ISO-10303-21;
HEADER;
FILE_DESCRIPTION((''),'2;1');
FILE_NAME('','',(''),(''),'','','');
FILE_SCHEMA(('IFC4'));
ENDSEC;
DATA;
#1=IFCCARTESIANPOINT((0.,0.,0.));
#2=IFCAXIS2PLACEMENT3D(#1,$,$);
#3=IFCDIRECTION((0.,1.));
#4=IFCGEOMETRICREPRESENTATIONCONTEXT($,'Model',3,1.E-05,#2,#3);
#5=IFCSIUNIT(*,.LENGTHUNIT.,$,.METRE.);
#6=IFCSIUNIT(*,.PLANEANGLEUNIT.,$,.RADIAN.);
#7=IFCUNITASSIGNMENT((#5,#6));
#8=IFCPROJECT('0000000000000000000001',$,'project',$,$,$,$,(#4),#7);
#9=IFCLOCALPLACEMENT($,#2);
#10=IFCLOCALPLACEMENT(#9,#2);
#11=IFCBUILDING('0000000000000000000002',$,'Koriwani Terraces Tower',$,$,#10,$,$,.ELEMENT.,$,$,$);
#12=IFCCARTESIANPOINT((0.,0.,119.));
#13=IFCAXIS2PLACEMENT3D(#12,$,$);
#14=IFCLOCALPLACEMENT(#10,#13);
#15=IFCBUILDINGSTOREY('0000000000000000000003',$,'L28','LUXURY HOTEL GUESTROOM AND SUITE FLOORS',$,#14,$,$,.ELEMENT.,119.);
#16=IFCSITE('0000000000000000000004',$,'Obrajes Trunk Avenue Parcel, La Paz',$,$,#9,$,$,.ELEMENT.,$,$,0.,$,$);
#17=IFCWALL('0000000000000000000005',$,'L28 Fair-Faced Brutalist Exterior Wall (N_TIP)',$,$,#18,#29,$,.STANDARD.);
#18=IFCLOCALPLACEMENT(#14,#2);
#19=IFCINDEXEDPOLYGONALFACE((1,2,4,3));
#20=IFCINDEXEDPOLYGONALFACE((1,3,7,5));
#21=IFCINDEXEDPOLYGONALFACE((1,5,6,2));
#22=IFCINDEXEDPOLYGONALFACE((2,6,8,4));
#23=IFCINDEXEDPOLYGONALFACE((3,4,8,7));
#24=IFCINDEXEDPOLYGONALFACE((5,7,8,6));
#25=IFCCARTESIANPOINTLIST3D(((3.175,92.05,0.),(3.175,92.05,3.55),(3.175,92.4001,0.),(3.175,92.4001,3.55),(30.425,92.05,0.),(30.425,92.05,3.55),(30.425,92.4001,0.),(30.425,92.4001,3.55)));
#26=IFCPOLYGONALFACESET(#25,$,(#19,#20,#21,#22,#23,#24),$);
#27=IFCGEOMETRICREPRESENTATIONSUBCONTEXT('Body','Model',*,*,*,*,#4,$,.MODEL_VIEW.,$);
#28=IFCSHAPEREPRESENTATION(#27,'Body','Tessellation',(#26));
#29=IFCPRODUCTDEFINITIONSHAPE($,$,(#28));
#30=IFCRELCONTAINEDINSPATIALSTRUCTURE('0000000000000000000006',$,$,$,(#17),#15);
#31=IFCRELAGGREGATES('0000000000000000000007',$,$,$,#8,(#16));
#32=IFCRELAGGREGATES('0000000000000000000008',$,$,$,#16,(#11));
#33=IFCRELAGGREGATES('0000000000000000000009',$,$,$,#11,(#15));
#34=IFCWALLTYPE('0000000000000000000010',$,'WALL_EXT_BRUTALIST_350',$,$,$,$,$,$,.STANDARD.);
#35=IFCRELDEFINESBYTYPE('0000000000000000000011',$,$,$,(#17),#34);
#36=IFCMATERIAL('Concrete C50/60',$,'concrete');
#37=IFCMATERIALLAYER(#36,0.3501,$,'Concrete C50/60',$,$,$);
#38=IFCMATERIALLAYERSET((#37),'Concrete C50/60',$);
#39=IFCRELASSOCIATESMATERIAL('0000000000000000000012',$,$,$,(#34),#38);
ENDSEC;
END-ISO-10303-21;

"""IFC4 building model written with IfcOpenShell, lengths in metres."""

from ifc_helpers import new_model, si_unit, direction, frame, frame_2d, origin, place, context, subcontext, project, spatial, rectangle, extrude, material, layer, layer_set, type_object, element, save


model = new_model("IFC4")

# Units and contexts
model_context = context("Model", 3, precision=1e-05, world=origin(), true_north=direction((0.0, 1.0)))
body_context = subcontext(model_context, "Body", "Model", "MODEL_VIEW")
ifc_project = project(units=[si_unit("LENGTHUNIT", "METRE"), si_unit("PLANEANGLEUNIT", "RADIAN")], contexts=[model_context])

# Site, building, storey
site_placement = place(None, origin())
site = spatial("IfcSite", under=ifc_project, at=site_placement, Name="Obrajes Trunk Avenue Parcel, La Paz", CompositionType="ELEMENT", RefElevation=0.0)
building_placement = place(site_placement, origin())
building = spatial("IfcBuilding", under=site, at=building_placement, Name="Koriwani Terraces Tower", CompositionType="ELEMENT")
storey_placement = place(building_placement, frame((0.0, 0.0, 119.0)))
storey = spatial("IfcBuildingStorey", under=building, at=storey_placement, Name="L28", Description="LUXURY HOTEL GUESTROOM AND SUITE FLOORS", CompositionType="ELEMENT", Elevation=119.0)

# Shared definitions
ifc_material_1 = material(Name="Concrete C50/60", Category="concrete")

# Wall
ifc_layer = layer(ifc_material_1, 0.3501, Name="Concrete C50/60")
ifc_layer_set = layer_set([ifc_layer], Name="Concrete C50/60")
wall_type = type_object("IfcWallType", Name="WALL_EXT_BRUTALIST_350", PredefinedType="STANDARD", material=ifc_layer_set)
wall_placement = place(storey_placement, frame((3.175, 92.2251, 0.0), z_axis=(0.0, 0.0, 1.0), x_axis=(1.0, 0.0, 0.0)))
element("IfcWall", 1, at=wall_placement, inside=storey, type_object=wall_type, Name="L28 Fair-Faced Brutalist Exterior Wall (N_TIP)", PredefinedType="STANDARD", context=body_context, shape_type="SweptSolid", body=[
    extrude(rectangle(XDim=27.25, YDim=0.3501, at=frame_2d((13.625, 0.0))), origin(), (0.0, 0.0, 1.0), 3.55),
])

save(model, "model.ifc")
